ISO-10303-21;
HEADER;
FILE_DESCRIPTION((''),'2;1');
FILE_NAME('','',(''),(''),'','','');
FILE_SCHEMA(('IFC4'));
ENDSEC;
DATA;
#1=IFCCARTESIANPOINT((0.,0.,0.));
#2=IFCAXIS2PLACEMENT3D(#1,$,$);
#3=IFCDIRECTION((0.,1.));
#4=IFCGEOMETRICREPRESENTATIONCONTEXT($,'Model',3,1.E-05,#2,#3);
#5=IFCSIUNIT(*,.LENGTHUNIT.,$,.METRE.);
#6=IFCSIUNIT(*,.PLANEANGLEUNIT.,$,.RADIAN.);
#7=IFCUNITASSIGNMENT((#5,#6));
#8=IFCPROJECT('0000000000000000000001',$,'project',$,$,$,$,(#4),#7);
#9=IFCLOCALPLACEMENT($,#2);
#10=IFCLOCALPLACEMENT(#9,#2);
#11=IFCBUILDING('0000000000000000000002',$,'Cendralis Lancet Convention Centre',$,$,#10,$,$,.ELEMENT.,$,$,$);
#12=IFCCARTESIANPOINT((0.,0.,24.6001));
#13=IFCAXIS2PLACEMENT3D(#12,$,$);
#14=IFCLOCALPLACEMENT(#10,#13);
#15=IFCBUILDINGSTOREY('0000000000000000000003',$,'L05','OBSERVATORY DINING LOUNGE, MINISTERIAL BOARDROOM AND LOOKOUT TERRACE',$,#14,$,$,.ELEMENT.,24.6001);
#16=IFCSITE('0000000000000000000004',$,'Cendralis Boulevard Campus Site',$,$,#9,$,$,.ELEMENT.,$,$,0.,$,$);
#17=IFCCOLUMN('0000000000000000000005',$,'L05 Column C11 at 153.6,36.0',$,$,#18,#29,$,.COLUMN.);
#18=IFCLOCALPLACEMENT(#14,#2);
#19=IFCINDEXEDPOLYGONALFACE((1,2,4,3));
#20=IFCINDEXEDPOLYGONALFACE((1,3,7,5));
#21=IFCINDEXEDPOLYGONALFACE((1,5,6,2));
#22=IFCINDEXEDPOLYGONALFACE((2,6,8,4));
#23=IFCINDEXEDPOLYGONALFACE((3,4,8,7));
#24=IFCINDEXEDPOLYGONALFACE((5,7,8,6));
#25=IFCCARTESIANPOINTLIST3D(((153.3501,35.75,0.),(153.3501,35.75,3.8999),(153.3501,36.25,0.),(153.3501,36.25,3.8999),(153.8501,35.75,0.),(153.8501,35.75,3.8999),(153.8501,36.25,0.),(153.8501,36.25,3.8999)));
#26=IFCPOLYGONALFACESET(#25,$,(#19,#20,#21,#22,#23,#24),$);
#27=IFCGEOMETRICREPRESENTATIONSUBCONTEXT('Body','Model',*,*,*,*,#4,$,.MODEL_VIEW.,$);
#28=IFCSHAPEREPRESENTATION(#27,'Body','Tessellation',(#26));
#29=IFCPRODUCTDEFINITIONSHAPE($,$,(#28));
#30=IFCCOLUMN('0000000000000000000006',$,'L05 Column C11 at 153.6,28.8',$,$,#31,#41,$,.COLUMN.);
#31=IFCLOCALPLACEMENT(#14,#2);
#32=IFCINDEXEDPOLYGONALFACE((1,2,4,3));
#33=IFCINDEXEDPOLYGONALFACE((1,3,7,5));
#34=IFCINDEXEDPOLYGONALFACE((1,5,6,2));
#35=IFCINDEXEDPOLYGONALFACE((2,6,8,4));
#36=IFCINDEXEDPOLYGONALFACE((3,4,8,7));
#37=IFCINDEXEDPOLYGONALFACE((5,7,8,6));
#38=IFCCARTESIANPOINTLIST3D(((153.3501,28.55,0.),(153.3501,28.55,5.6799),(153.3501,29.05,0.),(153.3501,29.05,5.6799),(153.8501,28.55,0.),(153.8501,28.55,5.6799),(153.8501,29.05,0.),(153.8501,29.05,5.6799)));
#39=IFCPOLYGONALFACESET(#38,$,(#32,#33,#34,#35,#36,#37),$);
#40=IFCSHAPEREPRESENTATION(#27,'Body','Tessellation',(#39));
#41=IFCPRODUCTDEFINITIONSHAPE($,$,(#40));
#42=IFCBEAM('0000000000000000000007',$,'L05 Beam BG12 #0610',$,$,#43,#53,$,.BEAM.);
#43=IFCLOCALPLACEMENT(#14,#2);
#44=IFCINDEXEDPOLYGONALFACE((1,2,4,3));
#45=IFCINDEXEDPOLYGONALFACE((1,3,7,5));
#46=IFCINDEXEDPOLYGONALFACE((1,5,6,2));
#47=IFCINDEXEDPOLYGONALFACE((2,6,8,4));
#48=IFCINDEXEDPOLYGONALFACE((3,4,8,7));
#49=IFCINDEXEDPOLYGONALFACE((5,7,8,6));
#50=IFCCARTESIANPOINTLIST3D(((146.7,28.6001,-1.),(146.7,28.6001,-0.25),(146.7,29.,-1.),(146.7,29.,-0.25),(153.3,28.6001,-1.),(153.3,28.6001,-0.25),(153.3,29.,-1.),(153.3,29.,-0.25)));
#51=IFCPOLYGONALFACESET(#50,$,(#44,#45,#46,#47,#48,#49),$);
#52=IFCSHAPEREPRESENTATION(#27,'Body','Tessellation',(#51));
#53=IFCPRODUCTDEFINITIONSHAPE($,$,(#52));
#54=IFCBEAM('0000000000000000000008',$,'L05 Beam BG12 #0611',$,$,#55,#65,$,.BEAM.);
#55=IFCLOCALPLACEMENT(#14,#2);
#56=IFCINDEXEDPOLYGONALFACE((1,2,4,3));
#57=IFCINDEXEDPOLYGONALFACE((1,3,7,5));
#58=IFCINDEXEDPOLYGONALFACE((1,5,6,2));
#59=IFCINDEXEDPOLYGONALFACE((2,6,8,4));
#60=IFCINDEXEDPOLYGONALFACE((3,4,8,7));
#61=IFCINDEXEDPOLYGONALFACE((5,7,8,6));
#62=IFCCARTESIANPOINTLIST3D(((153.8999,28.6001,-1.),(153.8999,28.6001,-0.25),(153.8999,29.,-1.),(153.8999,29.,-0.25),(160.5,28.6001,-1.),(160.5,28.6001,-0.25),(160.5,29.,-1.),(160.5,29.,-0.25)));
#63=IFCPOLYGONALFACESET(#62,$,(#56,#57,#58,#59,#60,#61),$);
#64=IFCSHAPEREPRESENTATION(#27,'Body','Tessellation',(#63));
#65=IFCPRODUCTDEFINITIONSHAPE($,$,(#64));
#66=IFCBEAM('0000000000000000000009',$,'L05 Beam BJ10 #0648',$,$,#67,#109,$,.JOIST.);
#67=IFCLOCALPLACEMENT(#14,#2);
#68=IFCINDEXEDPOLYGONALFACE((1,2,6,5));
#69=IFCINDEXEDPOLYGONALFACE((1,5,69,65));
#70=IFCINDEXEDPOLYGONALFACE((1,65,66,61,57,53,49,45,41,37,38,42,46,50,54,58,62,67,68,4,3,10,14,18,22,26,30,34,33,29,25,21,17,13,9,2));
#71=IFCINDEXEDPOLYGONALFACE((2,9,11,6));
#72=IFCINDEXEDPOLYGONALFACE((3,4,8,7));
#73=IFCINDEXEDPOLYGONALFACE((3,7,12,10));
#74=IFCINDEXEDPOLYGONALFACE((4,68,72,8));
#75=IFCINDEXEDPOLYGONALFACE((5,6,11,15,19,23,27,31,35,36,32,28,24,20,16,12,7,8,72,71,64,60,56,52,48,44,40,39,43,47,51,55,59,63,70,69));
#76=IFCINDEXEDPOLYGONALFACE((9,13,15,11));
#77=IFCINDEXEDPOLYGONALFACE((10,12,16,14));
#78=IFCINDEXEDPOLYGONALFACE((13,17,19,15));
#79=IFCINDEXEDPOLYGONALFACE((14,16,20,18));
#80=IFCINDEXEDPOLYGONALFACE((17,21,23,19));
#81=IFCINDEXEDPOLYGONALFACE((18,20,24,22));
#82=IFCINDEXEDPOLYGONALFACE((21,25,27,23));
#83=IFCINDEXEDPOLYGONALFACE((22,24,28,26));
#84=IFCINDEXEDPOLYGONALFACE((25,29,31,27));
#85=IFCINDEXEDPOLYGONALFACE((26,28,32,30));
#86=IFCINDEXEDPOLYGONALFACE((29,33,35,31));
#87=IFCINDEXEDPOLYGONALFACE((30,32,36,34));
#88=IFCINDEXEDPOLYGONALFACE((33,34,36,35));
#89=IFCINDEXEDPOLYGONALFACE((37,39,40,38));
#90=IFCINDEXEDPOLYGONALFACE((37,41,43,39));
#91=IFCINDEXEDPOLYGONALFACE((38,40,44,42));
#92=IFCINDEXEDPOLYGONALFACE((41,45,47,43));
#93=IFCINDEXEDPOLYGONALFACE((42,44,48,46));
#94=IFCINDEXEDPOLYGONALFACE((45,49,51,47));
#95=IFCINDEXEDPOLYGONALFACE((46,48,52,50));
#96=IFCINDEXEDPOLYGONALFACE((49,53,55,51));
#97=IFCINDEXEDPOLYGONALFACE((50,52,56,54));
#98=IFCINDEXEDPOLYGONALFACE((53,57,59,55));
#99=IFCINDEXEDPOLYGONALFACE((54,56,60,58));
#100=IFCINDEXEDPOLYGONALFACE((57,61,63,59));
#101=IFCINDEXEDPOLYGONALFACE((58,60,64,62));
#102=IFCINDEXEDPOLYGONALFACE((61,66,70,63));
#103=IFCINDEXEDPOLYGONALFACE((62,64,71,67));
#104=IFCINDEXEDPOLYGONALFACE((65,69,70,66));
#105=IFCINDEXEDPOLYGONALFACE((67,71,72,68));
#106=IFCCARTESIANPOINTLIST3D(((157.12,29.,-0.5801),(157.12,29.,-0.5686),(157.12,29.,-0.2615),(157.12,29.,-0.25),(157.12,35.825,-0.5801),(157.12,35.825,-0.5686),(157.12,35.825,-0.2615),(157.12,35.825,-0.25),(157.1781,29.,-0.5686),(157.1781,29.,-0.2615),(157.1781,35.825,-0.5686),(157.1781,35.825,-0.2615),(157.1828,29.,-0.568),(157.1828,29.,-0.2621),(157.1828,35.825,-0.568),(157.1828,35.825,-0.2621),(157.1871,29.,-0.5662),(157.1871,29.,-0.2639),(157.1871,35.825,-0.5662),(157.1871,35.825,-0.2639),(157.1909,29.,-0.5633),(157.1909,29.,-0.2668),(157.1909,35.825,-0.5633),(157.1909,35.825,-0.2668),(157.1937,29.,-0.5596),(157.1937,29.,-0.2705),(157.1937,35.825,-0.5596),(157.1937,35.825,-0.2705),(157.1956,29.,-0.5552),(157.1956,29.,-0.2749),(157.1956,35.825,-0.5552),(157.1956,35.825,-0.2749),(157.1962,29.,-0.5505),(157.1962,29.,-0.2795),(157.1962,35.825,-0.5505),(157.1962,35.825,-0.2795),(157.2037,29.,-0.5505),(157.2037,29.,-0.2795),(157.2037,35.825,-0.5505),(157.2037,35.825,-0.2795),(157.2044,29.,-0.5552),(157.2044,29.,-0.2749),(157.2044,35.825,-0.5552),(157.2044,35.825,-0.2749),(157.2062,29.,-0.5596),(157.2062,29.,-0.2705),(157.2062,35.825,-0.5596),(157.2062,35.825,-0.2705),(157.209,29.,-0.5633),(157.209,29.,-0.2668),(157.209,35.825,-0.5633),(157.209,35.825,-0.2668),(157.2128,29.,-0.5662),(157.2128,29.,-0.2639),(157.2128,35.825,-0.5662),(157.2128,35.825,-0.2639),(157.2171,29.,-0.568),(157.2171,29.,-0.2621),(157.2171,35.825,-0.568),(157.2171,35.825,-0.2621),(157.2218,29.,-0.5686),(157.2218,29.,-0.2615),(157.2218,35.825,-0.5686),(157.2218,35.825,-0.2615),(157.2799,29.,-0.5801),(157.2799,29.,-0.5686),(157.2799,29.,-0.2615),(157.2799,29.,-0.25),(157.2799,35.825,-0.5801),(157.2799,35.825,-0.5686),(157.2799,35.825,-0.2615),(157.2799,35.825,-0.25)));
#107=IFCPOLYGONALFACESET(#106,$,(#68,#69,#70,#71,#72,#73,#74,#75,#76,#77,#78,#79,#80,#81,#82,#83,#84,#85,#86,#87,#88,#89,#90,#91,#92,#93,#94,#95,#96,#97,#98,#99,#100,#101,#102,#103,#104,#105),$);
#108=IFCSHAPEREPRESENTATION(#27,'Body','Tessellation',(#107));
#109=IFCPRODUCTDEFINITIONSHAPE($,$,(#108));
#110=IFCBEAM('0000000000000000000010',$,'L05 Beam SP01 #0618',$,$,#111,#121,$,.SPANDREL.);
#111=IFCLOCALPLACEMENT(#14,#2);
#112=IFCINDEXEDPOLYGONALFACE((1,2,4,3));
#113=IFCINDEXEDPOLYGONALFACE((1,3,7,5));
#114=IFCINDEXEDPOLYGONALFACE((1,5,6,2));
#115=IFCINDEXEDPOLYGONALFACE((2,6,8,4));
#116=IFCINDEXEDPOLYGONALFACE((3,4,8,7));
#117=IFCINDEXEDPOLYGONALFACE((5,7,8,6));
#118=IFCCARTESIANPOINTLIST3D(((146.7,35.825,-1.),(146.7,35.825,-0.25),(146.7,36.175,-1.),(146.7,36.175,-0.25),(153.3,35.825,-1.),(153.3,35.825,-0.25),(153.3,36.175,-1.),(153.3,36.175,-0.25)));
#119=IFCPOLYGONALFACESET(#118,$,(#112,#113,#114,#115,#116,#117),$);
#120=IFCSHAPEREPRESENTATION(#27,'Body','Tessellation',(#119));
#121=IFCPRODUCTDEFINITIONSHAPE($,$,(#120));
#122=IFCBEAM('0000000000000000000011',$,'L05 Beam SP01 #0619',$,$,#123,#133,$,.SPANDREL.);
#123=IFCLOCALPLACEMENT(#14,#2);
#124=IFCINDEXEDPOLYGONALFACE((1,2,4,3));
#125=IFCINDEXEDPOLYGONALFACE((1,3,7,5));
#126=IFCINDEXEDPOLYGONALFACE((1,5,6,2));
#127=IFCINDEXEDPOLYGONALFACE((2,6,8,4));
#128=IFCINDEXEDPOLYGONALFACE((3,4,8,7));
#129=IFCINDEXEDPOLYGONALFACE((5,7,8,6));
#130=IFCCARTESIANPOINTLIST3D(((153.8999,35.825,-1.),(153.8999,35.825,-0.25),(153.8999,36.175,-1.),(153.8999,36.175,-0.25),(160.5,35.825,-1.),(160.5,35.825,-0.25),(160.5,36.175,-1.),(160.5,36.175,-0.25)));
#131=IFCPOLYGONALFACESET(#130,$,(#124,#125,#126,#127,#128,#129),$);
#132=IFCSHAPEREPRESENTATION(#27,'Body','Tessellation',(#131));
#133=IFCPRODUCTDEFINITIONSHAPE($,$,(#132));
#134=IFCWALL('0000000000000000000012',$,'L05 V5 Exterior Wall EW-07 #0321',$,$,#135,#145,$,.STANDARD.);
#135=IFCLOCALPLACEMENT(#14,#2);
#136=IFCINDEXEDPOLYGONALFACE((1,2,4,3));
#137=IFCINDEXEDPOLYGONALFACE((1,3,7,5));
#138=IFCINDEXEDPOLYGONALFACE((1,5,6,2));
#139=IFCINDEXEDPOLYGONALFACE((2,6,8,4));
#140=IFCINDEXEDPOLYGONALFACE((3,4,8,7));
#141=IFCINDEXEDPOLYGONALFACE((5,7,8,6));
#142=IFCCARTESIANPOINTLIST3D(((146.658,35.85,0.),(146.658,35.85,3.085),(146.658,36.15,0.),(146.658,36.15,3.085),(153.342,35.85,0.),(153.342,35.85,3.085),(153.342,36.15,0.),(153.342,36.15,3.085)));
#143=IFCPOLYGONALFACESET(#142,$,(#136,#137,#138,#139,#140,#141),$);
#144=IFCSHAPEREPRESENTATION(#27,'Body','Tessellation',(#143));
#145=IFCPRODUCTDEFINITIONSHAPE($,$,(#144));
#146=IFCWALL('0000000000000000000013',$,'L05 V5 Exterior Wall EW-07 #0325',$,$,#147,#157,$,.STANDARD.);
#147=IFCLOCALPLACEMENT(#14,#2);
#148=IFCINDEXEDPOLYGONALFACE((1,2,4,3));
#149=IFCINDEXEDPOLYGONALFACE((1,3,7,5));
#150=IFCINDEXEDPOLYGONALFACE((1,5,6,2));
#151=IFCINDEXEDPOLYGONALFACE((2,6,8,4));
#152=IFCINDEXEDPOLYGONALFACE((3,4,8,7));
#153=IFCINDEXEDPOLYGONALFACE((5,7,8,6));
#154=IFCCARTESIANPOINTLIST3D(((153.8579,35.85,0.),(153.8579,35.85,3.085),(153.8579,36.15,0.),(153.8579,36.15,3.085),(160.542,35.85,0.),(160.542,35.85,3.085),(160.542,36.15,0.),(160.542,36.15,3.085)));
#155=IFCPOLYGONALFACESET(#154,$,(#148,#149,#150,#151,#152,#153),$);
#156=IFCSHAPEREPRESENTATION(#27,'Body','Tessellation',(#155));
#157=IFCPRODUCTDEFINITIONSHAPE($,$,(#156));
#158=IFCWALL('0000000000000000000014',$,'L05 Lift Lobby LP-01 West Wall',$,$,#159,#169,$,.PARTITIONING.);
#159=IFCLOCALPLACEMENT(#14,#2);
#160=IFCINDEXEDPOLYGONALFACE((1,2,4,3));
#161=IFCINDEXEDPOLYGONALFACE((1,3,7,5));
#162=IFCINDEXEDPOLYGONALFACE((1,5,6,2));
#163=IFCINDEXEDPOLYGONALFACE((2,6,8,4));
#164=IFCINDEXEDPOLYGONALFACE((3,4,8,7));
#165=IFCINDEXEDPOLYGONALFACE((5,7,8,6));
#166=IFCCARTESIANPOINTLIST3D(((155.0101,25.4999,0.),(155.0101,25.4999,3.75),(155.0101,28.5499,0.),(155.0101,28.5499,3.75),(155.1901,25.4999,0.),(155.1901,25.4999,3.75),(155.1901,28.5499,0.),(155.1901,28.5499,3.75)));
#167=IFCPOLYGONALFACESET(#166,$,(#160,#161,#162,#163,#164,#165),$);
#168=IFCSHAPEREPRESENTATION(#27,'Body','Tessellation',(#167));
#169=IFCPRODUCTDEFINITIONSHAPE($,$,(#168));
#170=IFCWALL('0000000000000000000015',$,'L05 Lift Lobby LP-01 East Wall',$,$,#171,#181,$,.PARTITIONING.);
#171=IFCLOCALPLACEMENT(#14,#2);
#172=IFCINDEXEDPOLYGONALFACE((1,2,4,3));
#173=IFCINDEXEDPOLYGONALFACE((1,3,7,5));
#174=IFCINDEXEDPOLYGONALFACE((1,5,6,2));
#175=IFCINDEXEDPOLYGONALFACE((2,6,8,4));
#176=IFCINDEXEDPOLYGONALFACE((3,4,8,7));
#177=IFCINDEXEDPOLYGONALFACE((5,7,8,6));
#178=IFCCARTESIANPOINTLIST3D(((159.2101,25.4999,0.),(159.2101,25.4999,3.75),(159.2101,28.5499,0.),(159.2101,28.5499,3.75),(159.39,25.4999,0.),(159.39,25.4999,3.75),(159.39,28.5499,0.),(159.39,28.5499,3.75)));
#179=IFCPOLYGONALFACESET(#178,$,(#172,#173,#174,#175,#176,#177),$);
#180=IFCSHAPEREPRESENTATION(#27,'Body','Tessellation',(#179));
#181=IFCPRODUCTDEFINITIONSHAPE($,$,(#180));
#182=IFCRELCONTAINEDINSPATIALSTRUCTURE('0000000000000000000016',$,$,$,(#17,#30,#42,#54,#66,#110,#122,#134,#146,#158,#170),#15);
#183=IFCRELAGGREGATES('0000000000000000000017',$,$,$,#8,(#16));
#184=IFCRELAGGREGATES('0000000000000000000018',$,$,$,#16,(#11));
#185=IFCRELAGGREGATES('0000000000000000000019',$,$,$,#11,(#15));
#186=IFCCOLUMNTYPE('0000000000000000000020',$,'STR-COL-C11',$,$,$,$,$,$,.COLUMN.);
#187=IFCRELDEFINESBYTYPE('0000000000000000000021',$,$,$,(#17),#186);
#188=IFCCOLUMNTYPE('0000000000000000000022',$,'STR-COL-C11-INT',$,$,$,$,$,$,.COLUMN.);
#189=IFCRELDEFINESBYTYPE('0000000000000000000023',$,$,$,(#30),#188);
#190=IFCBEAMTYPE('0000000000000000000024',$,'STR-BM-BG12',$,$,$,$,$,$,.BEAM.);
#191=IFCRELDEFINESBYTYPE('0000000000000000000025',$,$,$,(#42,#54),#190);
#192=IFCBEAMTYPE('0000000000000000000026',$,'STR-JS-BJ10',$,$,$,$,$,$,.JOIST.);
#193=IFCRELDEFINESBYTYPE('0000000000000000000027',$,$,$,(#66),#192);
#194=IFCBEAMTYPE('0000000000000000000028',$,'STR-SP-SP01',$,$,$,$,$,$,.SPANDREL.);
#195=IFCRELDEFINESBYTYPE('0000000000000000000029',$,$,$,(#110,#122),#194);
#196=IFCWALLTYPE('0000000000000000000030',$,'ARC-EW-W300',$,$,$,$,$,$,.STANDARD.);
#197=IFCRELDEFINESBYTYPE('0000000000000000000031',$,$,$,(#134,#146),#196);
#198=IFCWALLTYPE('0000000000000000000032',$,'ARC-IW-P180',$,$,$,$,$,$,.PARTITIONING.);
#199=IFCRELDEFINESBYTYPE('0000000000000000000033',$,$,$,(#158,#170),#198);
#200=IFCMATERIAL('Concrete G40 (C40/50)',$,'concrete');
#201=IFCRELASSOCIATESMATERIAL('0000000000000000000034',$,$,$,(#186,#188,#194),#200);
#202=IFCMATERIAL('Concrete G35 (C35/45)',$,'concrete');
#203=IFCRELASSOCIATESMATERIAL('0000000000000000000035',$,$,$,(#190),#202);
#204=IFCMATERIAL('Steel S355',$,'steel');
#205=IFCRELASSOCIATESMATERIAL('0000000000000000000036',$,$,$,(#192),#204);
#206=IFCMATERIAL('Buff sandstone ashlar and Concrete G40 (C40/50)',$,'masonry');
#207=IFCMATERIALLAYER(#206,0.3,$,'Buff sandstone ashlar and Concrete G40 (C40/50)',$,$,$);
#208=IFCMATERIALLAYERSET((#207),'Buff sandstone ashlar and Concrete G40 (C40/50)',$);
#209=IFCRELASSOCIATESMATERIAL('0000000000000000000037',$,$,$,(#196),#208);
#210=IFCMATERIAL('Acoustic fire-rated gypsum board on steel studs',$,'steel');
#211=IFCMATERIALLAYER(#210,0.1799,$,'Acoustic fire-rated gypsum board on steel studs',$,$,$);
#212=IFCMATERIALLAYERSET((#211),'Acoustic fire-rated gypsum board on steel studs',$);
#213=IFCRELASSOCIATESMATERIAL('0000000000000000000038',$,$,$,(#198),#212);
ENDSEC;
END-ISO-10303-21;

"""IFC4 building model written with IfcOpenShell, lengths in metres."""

from ifc_helpers import new_model, si_unit, direction, frame, frame_2d, origin, origin_2d, place, context, subcontext, project, spatial, rectangle, i_section, extrude, material, layer, layer_set, material_profile, profile_set, type_object, element, save


model = new_model("IFC4")

# Units and contexts
model_context = context("Model", 3, precision=1e-05, world=origin(), true_north=direction((0.0, 1.0)))
body_context = subcontext(model_context, "Body", "Model", "MODEL_VIEW")
ifc_project = project(units=[si_unit("LENGTHUNIT", "METRE"), si_unit("PLANEANGLEUNIT", "RADIAN")], contexts=[model_context])

# Site, building, storey
site_placement = place(None, origin())
site = spatial("IfcSite", under=ifc_project, at=site_placement, Name="Cendralis Boulevard Campus Site", CompositionType="ELEMENT", RefElevation=0.0)
building_placement = place(site_placement, origin())
building = spatial("IfcBuilding", under=site, at=building_placement, Name="Cendralis Lancet Convention Centre", CompositionType="ELEMENT")
storey_placement = place(building_placement, frame((0.0, 0.0, 24.6001)))
storey = spatial("IfcBuildingStorey", under=building, at=storey_placement, Name="L05", Description="OBSERVATORY DINING LOUNGE, MINISTERIAL BOARDROOM AND LOOKOUT TERRACE", CompositionType="ELEMENT", Elevation=24.6001)

# Columns
ifc_material_1 = material(Name="Concrete G40 (C40/50)", Category="concrete")
ifc_material_profile_1 = material_profile(ifc_material_1, rectangle(XDim=0.5, YDim=0.5, at=origin_2d()), Name="RC 500x500")
ifc_profile_set_1 = profile_set([ifc_material_profile_1], Name="Concrete G40 (C40/50)")
column_type_1 = type_object("IfcColumnType", Name="STR-COL-C11", PredefinedType="COLUMN", material=ifc_profile_set_1)
column_1_placement = place(storey_placement, frame((153.6001, 36.0, 0.0), z_axis=(0.0, 0.0, 1.0), x_axis=(1.0, 0.0, 0.0)))
element("IfcColumn", 1, at=column_1_placement, inside=storey, type_object=column_type_1, Name="L05 Column C11 at 153.6,36.0", PredefinedType="COLUMN", context=body_context, shape_type="SweptSolid", body=[
    extrude(rectangle(XDim=0.5, YDim=0.5, at=origin_2d()), origin(), (0.0, 0.0, 1.0), 3.8999),
])
ifc_material_profile_2 = material_profile(ifc_material_1, rectangle(XDim=0.5, YDim=0.5, at=origin_2d()), Name="RC 500x500")
ifc_profile_set_2 = profile_set([ifc_material_profile_2], Name="Concrete G40 (C40/50)")
column_type_2 = type_object("IfcColumnType", Name="STR-COL-C11-INT", PredefinedType="COLUMN", material=ifc_profile_set_2)
column_2_placement = place(storey_placement, frame((153.6001, 28.8, 0.0), z_axis=(0.0, 0.0, 1.0), x_axis=(1.0, 0.0, 0.0)))
element("IfcColumn", 2, at=column_2_placement, inside=storey, type_object=column_type_2, Name="L05 Column C11 at 153.6,28.8", PredefinedType="COLUMN", context=body_context, shape_type="SweptSolid", body=[
    extrude(rectangle(XDim=0.5, YDim=0.5, at=origin_2d()), origin(), (0.0, 0.0, 1.0), 5.6799),
])

# Beams
ifc_material_2 = material(Name="Concrete G35 (C35/45)", Category="concrete")
ifc_material_profile_3 = material_profile(ifc_material_2, rectangle(XDim=0.3999, YDim=0.75, at=origin_2d()), Name="RCB 400x750")
ifc_profile_set_3 = profile_set([ifc_material_profile_3], Name="Concrete G35 (C35/45)")
beam_type_1 = type_object("IfcBeamType", Name="STR-BM-BG12", PredefinedType="BEAM", material=ifc_profile_set_3)
for number, where, z_axis, x_axis, name in (
    (3, (146.7, 28.8, -0.625), (1.0, 0.0, 0.0), (0.0, 1.0, 0.0), "L05 Beam BG12 #0610"),
    (4, (153.8999, 28.8, -0.625), (1.0, 0.0, 0.0), (0.0, 1.0, 0.0), "L05 Beam BG12 #0611"),
):
    element("IfcBeam", number, at=place(storey_placement, frame(where, z_axis=z_axis, x_axis=x_axis)), inside=storey, type_object=beam_type_1, Name=name, PredefinedType="BEAM", context=body_context, shape_type="SweptSolid", body=[
        extrude(rectangle(XDim=0.3999, YDim=0.75, at=origin_2d()), origin(), (0.0, 0.0, 1.0), 6.6001),
    ])
ifc_material_3 = material(Name="Steel S355", Category="steel")
ifc_material_profile_4 = material_profile(ifc_material_3, i_section(OverallWidth=0.1599, OverallDepth=0.3301, WebThickness=0.0076, FlangeThickness=0.0115, FilletRadius=0.0181, at=origin_2d()), Name="IPE 330")
ifc_profile_set_4 = profile_set([ifc_material_profile_4], Name="Steel S355")
beam_type_2 = type_object("IfcBeamType", Name="STR-JS-BJ10", PredefinedType="JOIST", material=ifc_profile_set_4)
beam_placement = place(storey_placement, frame((157.2, 29.0, -0.415), z_axis=(0.0, 1.0, 0.0), x_axis=(-1.0, 0.0, 0.0)))
element("IfcBeam", 5, at=beam_placement, inside=storey, type_object=beam_type_2, Name="L05 Beam BJ10 #0648", PredefinedType="JOIST", context=body_context, shape_type="SweptSolid", body=[
    extrude(i_section(OverallWidth=0.1599, OverallDepth=0.3301, WebThickness=0.0076, FlangeThickness=0.0115, FilletRadius=0.0181, at=origin_2d()), origin(), (0.0, 0.0, 1.0), 6.825),
])
ifc_material_profile_5 = material_profile(ifc_material_1, rectangle(XDim=0.3501, YDim=0.75, at=origin_2d()), Name="RCB 350x750")
ifc_profile_set_5 = profile_set([ifc_material_profile_5], Name="Concrete G40 (C40/50)")
beam_type_3 = type_object("IfcBeamType", Name="STR-SP-SP01", PredefinedType="SPANDREL", material=ifc_profile_set_5)
for number, where, z_axis, x_axis, name in (
    (6, (146.7, 36.0, -0.625), (1.0, 0.0, 0.0), (0.0, 1.0, 0.0), "L05 Beam SP01 #0618"),
    (7, (153.8999, 36.0, -0.625), (1.0, 0.0, 0.0), (0.0, 1.0, 0.0), "L05 Beam SP01 #0619"),
):
    element("IfcBeam", number, at=place(storey_placement, frame(where, z_axis=z_axis, x_axis=x_axis)), inside=storey, type_object=beam_type_3, Name=name, PredefinedType="SPANDREL", context=body_context, shape_type="SweptSolid", body=[
        extrude(rectangle(XDim=0.3501, YDim=0.75, at=origin_2d()), origin(), (0.0, 0.0, 1.0), 6.6001),
    ])

# Walls
ifc_material_4 = material(Name="Buff sandstone ashlar and Concrete G40 (C40/50)", Category="masonry")
ifc_layer_1 = layer(ifc_material_4, 0.3, Name="Buff sandstone ashlar and Concrete G40 (C40/50)")
ifc_layer_set_1 = layer_set([ifc_layer_1], Name="Buff sandstone ashlar and Concrete G40 (C40/50)")
wall_type_1 = type_object("IfcWallType", Name="ARC-EW-W300", PredefinedType="STANDARD", material=ifc_layer_set_1)
for number, where, z_axis, x_axis, name in (
    (8, (146.658, 36.0, 0.0), (0.0, 0.0, 1.0), (1.0, 0.0, 0.0), "L05 V5 Exterior Wall EW-07 #0321"),
    (9, (153.8579, 36.0, 0.0), (0.0, 0.0, 1.0), (1.0, 0.0, 0.0), "L05 V5 Exterior Wall EW-07 #0325"),
):
    element("IfcWall", number, at=place(storey_placement, frame(where, z_axis=z_axis, x_axis=x_axis)), inside=storey, type_object=wall_type_1, Name=name, PredefinedType="STANDARD", context=body_context, shape_type="SweptSolid", body=[
        extrude(rectangle(XDim=6.6841, YDim=0.3, at=frame_2d((3.342, 0.0))), origin(), (0.0, 0.0, 1.0), 3.085),
    ])

# Shared definitions
ifc_material_5 = material(Name="Acoustic fire-rated gypsum board on steel studs", Category="steel")
ifc_layer_2 = layer(ifc_material_5, 0.1799, Name="Acoustic fire-rated gypsum board on steel studs")
ifc_layer_set_2 = layer_set([ifc_layer_2], Name="Acoustic fire-rated gypsum board on steel studs")
wall_type_2 = type_object("IfcWallType", Name="ARC-IW-P180", PredefinedType="PARTITIONING", material=ifc_layer_set_2)

# Walls
for number, where, z_axis, x_axis, name in (
    (10, (155.1001, 25.5, 0.0), (0.0, 0.0, 1.0), (0.0, 1.0, 0.0), "L05 Lift Lobby LP-01 West Wall"),
    (11, (159.3, 25.5, 0.0), (0.0, 0.0, 1.0), (0.0, 1.0, 0.0), "L05 Lift Lobby LP-01 East Wall"),
):
    element("IfcWall", number, at=place(storey_placement, frame(where, z_axis=z_axis, x_axis=x_axis)), inside=storey, type_object=wall_type_2, Name=name, PredefinedType="PARTITIONING", context=body_context, shape_type="SweptSolid", body=[
        extrude(rectangle(XDim=3.05, YDim=0.1799, at=frame_2d((1.5249, 0.0))), origin(), (0.0, 0.0, 1.0), 3.75),
    ])

save(model, "model.ifc")
